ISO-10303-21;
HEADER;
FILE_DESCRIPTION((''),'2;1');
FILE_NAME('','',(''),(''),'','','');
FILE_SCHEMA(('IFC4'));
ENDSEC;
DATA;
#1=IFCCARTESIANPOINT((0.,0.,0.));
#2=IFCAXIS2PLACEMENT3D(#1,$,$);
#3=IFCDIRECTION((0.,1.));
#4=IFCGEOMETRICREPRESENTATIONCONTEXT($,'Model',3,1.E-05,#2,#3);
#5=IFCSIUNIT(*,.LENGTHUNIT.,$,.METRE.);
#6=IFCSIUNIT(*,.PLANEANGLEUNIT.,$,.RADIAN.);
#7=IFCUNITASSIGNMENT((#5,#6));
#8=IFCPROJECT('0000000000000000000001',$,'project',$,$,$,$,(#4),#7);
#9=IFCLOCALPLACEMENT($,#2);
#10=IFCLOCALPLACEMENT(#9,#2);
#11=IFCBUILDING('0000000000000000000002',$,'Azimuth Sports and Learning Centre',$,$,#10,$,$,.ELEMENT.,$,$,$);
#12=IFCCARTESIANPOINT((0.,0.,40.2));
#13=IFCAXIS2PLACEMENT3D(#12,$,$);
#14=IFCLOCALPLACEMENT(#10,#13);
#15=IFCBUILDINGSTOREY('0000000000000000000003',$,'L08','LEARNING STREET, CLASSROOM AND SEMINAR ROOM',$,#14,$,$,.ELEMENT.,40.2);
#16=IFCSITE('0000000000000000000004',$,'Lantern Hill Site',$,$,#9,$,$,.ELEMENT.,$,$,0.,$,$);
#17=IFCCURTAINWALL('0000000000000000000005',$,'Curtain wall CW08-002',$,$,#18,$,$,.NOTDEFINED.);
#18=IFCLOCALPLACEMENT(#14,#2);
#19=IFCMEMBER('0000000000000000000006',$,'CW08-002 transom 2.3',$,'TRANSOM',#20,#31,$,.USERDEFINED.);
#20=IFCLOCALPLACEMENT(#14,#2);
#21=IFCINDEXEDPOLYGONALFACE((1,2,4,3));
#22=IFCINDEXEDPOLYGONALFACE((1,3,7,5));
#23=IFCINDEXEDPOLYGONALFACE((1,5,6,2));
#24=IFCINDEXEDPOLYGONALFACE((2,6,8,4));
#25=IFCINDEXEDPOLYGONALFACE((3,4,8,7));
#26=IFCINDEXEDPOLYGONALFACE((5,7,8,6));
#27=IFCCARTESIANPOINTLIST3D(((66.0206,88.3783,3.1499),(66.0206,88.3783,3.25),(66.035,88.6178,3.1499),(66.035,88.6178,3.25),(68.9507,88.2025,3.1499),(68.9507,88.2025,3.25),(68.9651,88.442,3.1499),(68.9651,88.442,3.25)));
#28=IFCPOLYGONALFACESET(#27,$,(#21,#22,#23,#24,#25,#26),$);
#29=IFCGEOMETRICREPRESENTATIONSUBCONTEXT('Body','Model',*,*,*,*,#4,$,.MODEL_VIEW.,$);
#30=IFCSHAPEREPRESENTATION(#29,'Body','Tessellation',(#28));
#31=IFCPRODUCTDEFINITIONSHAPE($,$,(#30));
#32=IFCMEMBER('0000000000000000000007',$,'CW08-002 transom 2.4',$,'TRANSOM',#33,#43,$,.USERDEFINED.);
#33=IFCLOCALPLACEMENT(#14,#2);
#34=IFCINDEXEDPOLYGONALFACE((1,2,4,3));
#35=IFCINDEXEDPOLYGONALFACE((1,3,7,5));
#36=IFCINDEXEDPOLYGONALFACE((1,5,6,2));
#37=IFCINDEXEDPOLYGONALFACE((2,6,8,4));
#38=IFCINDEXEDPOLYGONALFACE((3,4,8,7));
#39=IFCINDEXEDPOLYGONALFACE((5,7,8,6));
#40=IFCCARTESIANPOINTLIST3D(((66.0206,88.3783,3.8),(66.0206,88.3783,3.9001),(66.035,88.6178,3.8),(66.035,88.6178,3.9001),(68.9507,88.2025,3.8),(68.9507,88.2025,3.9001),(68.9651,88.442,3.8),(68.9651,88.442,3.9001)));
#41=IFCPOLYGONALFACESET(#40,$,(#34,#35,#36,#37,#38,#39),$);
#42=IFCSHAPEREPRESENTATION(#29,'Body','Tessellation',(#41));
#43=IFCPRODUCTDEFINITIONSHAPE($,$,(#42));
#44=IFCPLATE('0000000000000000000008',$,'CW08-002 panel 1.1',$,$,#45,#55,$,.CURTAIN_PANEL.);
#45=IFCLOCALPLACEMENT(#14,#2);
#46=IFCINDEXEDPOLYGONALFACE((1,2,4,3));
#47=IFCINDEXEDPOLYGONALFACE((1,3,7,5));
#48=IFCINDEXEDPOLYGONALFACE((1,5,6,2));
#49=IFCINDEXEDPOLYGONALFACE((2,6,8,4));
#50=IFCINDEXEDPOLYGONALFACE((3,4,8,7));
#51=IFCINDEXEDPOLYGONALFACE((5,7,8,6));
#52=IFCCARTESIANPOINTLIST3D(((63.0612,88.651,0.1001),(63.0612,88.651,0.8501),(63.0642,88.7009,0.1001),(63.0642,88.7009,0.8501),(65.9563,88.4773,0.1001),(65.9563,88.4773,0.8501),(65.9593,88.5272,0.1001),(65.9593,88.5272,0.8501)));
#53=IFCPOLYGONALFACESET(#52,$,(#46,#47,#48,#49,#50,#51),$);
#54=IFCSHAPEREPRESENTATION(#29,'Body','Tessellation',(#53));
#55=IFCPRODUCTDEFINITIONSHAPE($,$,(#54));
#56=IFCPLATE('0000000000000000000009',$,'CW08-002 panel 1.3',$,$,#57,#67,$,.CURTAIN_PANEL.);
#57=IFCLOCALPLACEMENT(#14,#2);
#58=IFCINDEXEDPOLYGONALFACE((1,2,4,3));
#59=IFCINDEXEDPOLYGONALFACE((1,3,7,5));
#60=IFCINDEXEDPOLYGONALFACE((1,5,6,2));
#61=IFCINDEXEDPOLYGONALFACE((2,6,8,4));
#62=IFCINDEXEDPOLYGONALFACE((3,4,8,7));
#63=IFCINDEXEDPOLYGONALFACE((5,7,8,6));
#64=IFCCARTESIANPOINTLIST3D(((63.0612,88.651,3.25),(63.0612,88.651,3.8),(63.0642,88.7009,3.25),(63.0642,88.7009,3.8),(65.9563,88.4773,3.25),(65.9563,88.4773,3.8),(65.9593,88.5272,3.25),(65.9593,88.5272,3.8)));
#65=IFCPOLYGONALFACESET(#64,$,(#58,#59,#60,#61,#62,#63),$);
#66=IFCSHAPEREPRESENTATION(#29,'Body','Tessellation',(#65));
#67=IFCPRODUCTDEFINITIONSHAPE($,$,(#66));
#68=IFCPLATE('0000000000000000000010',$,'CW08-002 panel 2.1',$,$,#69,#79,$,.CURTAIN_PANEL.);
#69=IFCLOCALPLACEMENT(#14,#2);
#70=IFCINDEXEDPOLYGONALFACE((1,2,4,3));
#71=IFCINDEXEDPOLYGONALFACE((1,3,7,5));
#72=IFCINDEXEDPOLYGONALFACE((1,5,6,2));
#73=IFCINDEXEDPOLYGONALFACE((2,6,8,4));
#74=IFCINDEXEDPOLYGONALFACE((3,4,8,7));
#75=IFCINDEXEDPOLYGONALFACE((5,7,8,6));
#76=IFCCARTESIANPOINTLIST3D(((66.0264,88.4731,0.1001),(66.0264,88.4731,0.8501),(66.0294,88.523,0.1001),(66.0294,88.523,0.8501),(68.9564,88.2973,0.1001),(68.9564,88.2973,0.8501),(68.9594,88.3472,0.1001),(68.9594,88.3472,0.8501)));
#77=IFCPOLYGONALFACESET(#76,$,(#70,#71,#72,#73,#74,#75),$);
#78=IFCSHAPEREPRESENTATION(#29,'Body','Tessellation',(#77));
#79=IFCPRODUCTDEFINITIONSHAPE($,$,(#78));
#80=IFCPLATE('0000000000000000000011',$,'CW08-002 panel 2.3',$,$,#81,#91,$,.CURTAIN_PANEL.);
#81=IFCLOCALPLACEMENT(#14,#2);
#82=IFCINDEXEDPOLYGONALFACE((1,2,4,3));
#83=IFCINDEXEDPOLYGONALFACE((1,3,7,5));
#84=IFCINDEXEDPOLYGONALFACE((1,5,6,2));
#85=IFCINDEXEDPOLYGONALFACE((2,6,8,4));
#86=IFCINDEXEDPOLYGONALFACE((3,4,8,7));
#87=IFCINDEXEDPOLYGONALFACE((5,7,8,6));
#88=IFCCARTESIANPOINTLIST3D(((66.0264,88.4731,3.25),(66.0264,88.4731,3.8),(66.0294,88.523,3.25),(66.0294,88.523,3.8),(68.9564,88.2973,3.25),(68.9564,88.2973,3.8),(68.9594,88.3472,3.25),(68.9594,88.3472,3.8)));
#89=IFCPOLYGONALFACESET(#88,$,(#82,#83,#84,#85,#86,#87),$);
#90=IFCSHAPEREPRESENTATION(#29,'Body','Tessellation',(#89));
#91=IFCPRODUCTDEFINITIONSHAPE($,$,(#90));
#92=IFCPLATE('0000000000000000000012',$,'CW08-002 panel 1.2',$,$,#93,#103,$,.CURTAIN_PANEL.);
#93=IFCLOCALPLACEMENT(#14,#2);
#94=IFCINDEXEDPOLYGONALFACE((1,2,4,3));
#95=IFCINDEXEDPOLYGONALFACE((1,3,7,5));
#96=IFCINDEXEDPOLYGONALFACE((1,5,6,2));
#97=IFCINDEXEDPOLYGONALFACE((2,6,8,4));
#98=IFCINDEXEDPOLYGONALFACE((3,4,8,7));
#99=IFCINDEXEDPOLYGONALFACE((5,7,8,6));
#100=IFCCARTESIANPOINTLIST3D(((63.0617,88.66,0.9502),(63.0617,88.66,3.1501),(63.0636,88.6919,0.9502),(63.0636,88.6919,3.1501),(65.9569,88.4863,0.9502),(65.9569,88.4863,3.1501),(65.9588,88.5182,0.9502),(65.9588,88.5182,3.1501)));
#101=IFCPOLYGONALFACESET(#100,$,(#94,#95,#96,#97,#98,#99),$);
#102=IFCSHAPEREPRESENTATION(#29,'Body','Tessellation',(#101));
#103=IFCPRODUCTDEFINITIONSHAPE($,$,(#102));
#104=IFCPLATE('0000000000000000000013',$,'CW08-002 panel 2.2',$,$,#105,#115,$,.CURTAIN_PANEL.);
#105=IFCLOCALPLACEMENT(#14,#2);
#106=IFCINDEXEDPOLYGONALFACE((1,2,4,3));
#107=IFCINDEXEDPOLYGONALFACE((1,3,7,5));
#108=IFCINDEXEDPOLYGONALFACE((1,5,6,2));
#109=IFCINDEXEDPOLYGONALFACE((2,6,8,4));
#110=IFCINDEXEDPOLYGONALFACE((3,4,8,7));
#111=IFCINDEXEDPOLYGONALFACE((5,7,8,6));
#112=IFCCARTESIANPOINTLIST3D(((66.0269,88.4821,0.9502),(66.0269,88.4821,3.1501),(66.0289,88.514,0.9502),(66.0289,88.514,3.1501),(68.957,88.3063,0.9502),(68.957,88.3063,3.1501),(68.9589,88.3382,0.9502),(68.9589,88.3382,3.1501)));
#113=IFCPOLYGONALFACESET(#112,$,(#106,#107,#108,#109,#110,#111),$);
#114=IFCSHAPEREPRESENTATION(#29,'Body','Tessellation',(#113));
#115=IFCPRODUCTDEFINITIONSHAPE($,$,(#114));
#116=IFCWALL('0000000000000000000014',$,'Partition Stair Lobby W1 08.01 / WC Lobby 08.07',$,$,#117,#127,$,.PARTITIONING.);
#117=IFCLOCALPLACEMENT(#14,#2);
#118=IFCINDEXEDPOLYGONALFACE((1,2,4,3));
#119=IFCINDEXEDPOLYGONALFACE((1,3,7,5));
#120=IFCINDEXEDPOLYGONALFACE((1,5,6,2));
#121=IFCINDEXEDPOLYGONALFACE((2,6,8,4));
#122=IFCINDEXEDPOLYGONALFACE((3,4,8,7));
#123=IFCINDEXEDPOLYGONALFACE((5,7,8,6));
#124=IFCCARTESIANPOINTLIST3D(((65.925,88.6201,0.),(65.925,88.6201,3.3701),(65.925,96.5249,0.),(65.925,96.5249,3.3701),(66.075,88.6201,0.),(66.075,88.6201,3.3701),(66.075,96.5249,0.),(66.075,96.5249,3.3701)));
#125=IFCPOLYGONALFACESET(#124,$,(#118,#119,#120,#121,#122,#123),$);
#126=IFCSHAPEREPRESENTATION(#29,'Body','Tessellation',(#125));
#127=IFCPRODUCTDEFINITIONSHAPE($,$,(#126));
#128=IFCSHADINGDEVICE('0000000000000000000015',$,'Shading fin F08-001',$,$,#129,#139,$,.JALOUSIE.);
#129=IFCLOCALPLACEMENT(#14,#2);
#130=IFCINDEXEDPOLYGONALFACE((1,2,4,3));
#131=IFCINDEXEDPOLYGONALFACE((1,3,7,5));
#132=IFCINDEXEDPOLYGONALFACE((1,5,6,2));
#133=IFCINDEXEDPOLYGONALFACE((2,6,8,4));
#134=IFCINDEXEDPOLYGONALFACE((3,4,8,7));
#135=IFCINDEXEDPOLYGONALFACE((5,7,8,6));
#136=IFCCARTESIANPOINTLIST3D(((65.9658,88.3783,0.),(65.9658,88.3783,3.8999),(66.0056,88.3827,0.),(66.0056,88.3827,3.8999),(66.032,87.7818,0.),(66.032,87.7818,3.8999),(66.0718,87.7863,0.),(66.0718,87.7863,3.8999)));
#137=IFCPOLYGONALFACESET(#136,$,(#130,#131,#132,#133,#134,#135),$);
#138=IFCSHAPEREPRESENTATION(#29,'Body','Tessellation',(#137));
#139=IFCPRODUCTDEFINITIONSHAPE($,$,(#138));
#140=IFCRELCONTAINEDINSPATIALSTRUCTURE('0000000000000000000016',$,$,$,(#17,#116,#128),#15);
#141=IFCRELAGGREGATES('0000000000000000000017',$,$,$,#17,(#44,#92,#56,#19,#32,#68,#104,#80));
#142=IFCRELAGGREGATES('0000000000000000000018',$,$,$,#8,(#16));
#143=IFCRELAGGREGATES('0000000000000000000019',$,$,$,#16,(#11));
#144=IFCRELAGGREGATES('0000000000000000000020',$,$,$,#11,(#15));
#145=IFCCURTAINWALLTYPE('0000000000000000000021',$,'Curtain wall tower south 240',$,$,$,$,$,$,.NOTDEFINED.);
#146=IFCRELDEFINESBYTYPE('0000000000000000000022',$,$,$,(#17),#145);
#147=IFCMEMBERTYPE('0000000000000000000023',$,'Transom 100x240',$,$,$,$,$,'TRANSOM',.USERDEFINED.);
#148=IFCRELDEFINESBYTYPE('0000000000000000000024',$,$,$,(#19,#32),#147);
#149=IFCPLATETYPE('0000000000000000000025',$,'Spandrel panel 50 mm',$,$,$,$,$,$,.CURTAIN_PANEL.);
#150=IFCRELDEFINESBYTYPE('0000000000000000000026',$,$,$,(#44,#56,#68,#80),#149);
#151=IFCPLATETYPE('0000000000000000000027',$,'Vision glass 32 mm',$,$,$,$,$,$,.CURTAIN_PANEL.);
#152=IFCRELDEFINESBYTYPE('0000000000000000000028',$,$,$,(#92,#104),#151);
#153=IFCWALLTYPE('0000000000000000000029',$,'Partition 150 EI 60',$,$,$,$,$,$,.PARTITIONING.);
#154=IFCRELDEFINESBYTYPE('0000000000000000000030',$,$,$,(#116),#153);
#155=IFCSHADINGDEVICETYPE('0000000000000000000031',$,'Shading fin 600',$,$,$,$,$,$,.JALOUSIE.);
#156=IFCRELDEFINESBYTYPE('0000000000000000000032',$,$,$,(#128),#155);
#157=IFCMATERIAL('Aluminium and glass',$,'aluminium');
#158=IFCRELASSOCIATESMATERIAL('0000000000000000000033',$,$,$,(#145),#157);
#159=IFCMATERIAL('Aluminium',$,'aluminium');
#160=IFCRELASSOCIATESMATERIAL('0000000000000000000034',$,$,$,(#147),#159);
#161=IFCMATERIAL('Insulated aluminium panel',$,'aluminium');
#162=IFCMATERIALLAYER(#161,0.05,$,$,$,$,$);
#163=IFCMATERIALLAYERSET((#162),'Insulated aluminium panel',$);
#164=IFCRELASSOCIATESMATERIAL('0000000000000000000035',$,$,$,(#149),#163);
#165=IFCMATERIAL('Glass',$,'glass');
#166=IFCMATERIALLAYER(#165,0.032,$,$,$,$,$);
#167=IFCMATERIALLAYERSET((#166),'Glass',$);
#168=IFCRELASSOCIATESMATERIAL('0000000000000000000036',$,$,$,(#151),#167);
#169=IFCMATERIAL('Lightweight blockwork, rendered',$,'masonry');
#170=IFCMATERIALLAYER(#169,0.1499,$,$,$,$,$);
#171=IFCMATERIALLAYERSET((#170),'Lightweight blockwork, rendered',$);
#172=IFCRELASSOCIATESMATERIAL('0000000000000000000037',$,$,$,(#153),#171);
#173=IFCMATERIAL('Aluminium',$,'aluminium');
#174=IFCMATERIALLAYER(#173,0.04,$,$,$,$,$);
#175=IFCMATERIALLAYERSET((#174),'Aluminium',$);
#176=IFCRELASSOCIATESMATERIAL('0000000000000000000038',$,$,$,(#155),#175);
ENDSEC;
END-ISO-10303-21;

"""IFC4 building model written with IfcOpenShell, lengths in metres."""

from ifc_helpers import new_model, si_unit, direction, frame, frame_2d, origin, origin_2d, place, context, subcontext, project, spatial, rectangle, extrude, material, layer, layer_set, material_profile, profile_set, type_object, element, aggregate, save


model = new_model("IFC4")

# Units and contexts
model_context = context("Model", 3, precision=1e-05, world=origin(), true_north=direction((0.0, 1.0)))
body_context = subcontext(model_context, "Body", "Model", "MODEL_VIEW")
ifc_project = project(units=[si_unit("LENGTHUNIT", "METRE"), si_unit("PLANEANGLEUNIT", "RADIAN")], contexts=[model_context])

# Site, building, storey
site_placement = place(None, origin())
site = spatial("IfcSite", under=ifc_project, at=site_placement, Name="Lantern Hill Site", CompositionType="ELEMENT", RefElevation=0.0)
building_placement = place(site_placement, origin())
building = spatial("IfcBuilding", under=site, at=building_placement, Name="Azimuth Sports and Learning Centre", CompositionType="ELEMENT")
storey_placement = place(building_placement, frame((0.0, 0.0, 40.2)))
storey = spatial("IfcBuildingStorey", under=building, at=storey_placement, Name="L08", Description="LEARNING STREET, CLASSROOM AND SEMINAR ROOM", CompositionType="ELEMENT", Elevation=40.2)

# Curtain wall, members, plates
ifc_material_1 = material(Name="Aluminium and glass", Category="aluminium")
curtain_wall_type_1 = type_object("IfcCurtainWallType", Name="Curtain wall tower south 240", PredefinedType="NOTDEFINED", material=ifc_material_1)
curtain_wall_1_placement = place(storey_placement, origin())
curtain_wall_1 = element("IfcCurtainWall", 1, at=curtain_wall_1_placement, inside=storey, type_object=curtain_wall_type_1, Name="Curtain wall CW08-002", PredefinedType="NOTDEFINED")
ifc_material_2 = material(Name="Aluminium", Category="aluminium")
ifc_material_profile_1 = material_profile(ifc_material_2, rectangle(XDim=0.24, YDim=0.1001, at=origin_2d()), Name="Transom 100x240")
ifc_profile_set_1 = profile_set([ifc_material_profile_1], Name="Aluminium")
member_type_1 = type_object("IfcMemberType", Name="Transom 100x240", ElementType="TRANSOM", PredefinedType="USERDEFINED", material=ifc_profile_set_1)
member_1_placement = place(storey_placement, frame((66.0278, 88.498, 3.2), z_axis=(0.998205, -0.059887, 0.0), x_axis=(0.059887, 0.998205, 0.0)))
member_1 = element("IfcMember", 2, at=member_1_placement, type_object=member_type_1, Name="CW08-002 transom 2.3", ObjectType="TRANSOM", PredefinedType="USERDEFINED", context=body_context, shape_type="SweptSolid", body=[
    extrude(rectangle(XDim=0.24, YDim=0.1001, at=origin_2d()), origin(), (0.0, 0.0, 1.0), 2.9353),
])
member_2_placement = place(storey_placement, frame((66.0278, 88.498, 3.8501), z_axis=(0.998205, -0.059887, 0.0), x_axis=(0.059887, 0.998205, 0.0)))
member_2 = element("IfcMember", 3, at=member_2_placement, type_object=member_type_1, Name="CW08-002 transom 2.4", ObjectType="TRANSOM", PredefinedType="USERDEFINED", context=body_context, shape_type="SweptSolid", body=[
    extrude(rectangle(XDim=0.24, YDim=0.1001, at=origin_2d()), origin(), (0.0, 0.0, 1.0), 2.9353),
])
ifc_material_3 = material(Name="Insulated aluminium panel", Category="aluminium")
ifc_layer_1 = layer(ifc_material_3, 0.05)
ifc_layer_set_1 = layer_set([ifc_layer_1], Name="Insulated aluminium panel")
plate_type_1 = type_object("IfcPlateType", Name="Spandrel panel 50 mm", PredefinedType="CURTAIN_PANEL", material=ifc_layer_set_1)
plate_1_placement = place(storey_placement, frame((64.5103, 88.5891, 0.1001), z_axis=(0.0, 0.0, 1.0), x_axis=(0.998205, -0.059892, 0.0)))
plate_1 = element("IfcPlate", 4, at=plate_1_placement, type_object=plate_type_1, Name="CW08-002 panel 1.1", PredefinedType="CURTAIN_PANEL", context=body_context, shape_type="SweptSolid", body=[
    extrude(rectangle(XDim=2.9004, YDim=0.05, at=origin_2d()), origin(), (0.0, 0.0, 1.0), 0.75),
])
plate_2_placement = place(storey_placement, frame((64.5103, 88.5891, 3.25), z_axis=(0.0, 0.0, 1.0), x_axis=(0.998205, -0.059892, 0.0)))
plate_2 = element("IfcPlate", 5, at=plate_2_placement, type_object=plate_type_1, Name="CW08-002 panel 1.3", PredefinedType="CURTAIN_PANEL", context=body_context, shape_type="SweptSolid", body=[
    extrude(rectangle(XDim=2.9004, YDim=0.05, at=origin_2d()), origin(), (0.0, 0.0, 1.0), 0.55),
])
plate_3_placement = place(storey_placement, frame((67.4929, 88.4102, 0.1001), z_axis=(0.0, 0.0, 1.0), x_axis=(0.998205, -0.059892, 0.0)))
plate_3 = element("IfcPlate", 6, at=plate_3_placement, type_object=plate_type_1, Name="CW08-002 panel 2.1", PredefinedType="CURTAIN_PANEL", context=body_context, shape_type="SweptSolid", body=[
    extrude(rectangle(XDim=2.9353, YDim=0.05, at=origin_2d()), origin(), (0.0, 0.0, 1.0), 0.75),
])
plate_4_placement = place(storey_placement, frame((67.4929, 88.4102, 3.25), z_axis=(0.0, 0.0, 1.0), x_axis=(0.998205, -0.059892, 0.0)))
plate_4 = element("IfcPlate", 7, at=plate_4_placement, type_object=plate_type_1, Name="CW08-002 panel 2.3", PredefinedType="CURTAIN_PANEL", context=body_context, shape_type="SweptSolid", body=[
    extrude(rectangle(XDim=2.9353, YDim=0.05, at=origin_2d()), origin(), (0.0, 0.0, 1.0), 0.55),
])
ifc_material_4 = material(Name="Glass", Category="glass")
ifc_layer_2 = layer(ifc_material_4, 0.032)
ifc_layer_set_2 = layer_set([ifc_layer_2], Name="Glass")
plate_type_2 = type_object("IfcPlateType", Name="Vision glass 32 mm", PredefinedType="CURTAIN_PANEL", material=ifc_layer_set_2)
plate_5_placement = place(storey_placement, frame((64.5103, 88.5891, 0.9502), z_axis=(0.0, 0.0, 1.0), x_axis=(0.998205, -0.059892, 0.0)))
plate_5 = element("IfcPlate", 8, at=plate_5_placement, type_object=plate_type_2, Name="CW08-002 panel 1.2", PredefinedType="CURTAIN_PANEL", context=body_context, shape_type="SweptSolid", body=[
    extrude(rectangle(XDim=2.9004, YDim=0.032, at=origin_2d()), origin(), (0.0, 0.0, 1.0), 2.2),
])
plate_6_placement = place(storey_placement, frame((67.4929, 88.4102, 0.9502), z_axis=(0.0, 0.0, 1.0), x_axis=(0.998205, -0.059892, 0.0)))
plate_6 = element("IfcPlate", 9, at=plate_6_placement, type_object=plate_type_2, Name="CW08-002 panel 2.2", PredefinedType="CURTAIN_PANEL", context=body_context, shape_type="SweptSolid", body=[
    extrude(rectangle(XDim=2.9353, YDim=0.032, at=origin_2d()), origin(), (0.0, 0.0, 1.0), 2.2),
])
aggregate(curtain_wall_1, [plate_1, plate_5, plate_2, member_1, member_2, plate_3, plate_6, plate_4])

# Wall
ifc_material_5 = material(Name="Lightweight blockwork, rendered", Category="masonry")
ifc_layer_3 = layer(ifc_material_5, 0.1499)
ifc_layer_set_3 = layer_set([ifc_layer_3], Name="Lightweight blockwork, rendered")
wall_type = type_object("IfcWallType", Name="Partition 150 EI 60", PredefinedType="PARTITIONING", material=ifc_layer_set_3)
wall_placement = place(storey_placement, frame((66.0, 88.6201, 0.0), z_axis=(0.0, 0.0, 1.0), x_axis=(0.0, 1.0, 0.0)))
element("IfcWall", 10, at=wall_placement, inside=storey, type_object=wall_type, Name="Partition Stair Lobby W1 08.01 / WC Lobby 08.07", PredefinedType="PARTITIONING", context=body_context, shape_type="SweptSolid", body=[
    extrude(rectangle(XDim=7.9048, YDim=0.1499, at=frame_2d((3.9524, 0.0))), origin(), (0.0, 0.0, 1.0), 3.3701),
])

# Shading device
ifc_material_6 = material(Name="Aluminium", Category="aluminium")
ifc_layer_4 = layer(ifc_material_6, 0.04)
ifc_layer_set_4 = layer_set([ifc_layer_4], Name="Aluminium")
shading_device_type = type_object("IfcShadingDeviceType", Name="Shading fin 600", PredefinedType="JALOUSIE", material=ifc_layer_set_4)
shading_device_placement = place(storey_placement, frame((66.0188, 88.0823, 0.0), z_axis=(0.0, 0.0, 1.0), x_axis=(0.110221, -0.993907, 0.0)))
element("IfcShadingDevice", 11, at=shading_device_placement, inside=storey, type_object=shading_device_type, Name="Shading fin F08-001", PredefinedType="JALOUSIE", context=body_context, shape_type="SweptSolid", body=[
    extrude(rectangle(XDim=0.6001, YDim=0.04, at=origin_2d()), origin(), (0.0, 0.0, 1.0), 3.8999),
])

save(model, "model.ifc")
